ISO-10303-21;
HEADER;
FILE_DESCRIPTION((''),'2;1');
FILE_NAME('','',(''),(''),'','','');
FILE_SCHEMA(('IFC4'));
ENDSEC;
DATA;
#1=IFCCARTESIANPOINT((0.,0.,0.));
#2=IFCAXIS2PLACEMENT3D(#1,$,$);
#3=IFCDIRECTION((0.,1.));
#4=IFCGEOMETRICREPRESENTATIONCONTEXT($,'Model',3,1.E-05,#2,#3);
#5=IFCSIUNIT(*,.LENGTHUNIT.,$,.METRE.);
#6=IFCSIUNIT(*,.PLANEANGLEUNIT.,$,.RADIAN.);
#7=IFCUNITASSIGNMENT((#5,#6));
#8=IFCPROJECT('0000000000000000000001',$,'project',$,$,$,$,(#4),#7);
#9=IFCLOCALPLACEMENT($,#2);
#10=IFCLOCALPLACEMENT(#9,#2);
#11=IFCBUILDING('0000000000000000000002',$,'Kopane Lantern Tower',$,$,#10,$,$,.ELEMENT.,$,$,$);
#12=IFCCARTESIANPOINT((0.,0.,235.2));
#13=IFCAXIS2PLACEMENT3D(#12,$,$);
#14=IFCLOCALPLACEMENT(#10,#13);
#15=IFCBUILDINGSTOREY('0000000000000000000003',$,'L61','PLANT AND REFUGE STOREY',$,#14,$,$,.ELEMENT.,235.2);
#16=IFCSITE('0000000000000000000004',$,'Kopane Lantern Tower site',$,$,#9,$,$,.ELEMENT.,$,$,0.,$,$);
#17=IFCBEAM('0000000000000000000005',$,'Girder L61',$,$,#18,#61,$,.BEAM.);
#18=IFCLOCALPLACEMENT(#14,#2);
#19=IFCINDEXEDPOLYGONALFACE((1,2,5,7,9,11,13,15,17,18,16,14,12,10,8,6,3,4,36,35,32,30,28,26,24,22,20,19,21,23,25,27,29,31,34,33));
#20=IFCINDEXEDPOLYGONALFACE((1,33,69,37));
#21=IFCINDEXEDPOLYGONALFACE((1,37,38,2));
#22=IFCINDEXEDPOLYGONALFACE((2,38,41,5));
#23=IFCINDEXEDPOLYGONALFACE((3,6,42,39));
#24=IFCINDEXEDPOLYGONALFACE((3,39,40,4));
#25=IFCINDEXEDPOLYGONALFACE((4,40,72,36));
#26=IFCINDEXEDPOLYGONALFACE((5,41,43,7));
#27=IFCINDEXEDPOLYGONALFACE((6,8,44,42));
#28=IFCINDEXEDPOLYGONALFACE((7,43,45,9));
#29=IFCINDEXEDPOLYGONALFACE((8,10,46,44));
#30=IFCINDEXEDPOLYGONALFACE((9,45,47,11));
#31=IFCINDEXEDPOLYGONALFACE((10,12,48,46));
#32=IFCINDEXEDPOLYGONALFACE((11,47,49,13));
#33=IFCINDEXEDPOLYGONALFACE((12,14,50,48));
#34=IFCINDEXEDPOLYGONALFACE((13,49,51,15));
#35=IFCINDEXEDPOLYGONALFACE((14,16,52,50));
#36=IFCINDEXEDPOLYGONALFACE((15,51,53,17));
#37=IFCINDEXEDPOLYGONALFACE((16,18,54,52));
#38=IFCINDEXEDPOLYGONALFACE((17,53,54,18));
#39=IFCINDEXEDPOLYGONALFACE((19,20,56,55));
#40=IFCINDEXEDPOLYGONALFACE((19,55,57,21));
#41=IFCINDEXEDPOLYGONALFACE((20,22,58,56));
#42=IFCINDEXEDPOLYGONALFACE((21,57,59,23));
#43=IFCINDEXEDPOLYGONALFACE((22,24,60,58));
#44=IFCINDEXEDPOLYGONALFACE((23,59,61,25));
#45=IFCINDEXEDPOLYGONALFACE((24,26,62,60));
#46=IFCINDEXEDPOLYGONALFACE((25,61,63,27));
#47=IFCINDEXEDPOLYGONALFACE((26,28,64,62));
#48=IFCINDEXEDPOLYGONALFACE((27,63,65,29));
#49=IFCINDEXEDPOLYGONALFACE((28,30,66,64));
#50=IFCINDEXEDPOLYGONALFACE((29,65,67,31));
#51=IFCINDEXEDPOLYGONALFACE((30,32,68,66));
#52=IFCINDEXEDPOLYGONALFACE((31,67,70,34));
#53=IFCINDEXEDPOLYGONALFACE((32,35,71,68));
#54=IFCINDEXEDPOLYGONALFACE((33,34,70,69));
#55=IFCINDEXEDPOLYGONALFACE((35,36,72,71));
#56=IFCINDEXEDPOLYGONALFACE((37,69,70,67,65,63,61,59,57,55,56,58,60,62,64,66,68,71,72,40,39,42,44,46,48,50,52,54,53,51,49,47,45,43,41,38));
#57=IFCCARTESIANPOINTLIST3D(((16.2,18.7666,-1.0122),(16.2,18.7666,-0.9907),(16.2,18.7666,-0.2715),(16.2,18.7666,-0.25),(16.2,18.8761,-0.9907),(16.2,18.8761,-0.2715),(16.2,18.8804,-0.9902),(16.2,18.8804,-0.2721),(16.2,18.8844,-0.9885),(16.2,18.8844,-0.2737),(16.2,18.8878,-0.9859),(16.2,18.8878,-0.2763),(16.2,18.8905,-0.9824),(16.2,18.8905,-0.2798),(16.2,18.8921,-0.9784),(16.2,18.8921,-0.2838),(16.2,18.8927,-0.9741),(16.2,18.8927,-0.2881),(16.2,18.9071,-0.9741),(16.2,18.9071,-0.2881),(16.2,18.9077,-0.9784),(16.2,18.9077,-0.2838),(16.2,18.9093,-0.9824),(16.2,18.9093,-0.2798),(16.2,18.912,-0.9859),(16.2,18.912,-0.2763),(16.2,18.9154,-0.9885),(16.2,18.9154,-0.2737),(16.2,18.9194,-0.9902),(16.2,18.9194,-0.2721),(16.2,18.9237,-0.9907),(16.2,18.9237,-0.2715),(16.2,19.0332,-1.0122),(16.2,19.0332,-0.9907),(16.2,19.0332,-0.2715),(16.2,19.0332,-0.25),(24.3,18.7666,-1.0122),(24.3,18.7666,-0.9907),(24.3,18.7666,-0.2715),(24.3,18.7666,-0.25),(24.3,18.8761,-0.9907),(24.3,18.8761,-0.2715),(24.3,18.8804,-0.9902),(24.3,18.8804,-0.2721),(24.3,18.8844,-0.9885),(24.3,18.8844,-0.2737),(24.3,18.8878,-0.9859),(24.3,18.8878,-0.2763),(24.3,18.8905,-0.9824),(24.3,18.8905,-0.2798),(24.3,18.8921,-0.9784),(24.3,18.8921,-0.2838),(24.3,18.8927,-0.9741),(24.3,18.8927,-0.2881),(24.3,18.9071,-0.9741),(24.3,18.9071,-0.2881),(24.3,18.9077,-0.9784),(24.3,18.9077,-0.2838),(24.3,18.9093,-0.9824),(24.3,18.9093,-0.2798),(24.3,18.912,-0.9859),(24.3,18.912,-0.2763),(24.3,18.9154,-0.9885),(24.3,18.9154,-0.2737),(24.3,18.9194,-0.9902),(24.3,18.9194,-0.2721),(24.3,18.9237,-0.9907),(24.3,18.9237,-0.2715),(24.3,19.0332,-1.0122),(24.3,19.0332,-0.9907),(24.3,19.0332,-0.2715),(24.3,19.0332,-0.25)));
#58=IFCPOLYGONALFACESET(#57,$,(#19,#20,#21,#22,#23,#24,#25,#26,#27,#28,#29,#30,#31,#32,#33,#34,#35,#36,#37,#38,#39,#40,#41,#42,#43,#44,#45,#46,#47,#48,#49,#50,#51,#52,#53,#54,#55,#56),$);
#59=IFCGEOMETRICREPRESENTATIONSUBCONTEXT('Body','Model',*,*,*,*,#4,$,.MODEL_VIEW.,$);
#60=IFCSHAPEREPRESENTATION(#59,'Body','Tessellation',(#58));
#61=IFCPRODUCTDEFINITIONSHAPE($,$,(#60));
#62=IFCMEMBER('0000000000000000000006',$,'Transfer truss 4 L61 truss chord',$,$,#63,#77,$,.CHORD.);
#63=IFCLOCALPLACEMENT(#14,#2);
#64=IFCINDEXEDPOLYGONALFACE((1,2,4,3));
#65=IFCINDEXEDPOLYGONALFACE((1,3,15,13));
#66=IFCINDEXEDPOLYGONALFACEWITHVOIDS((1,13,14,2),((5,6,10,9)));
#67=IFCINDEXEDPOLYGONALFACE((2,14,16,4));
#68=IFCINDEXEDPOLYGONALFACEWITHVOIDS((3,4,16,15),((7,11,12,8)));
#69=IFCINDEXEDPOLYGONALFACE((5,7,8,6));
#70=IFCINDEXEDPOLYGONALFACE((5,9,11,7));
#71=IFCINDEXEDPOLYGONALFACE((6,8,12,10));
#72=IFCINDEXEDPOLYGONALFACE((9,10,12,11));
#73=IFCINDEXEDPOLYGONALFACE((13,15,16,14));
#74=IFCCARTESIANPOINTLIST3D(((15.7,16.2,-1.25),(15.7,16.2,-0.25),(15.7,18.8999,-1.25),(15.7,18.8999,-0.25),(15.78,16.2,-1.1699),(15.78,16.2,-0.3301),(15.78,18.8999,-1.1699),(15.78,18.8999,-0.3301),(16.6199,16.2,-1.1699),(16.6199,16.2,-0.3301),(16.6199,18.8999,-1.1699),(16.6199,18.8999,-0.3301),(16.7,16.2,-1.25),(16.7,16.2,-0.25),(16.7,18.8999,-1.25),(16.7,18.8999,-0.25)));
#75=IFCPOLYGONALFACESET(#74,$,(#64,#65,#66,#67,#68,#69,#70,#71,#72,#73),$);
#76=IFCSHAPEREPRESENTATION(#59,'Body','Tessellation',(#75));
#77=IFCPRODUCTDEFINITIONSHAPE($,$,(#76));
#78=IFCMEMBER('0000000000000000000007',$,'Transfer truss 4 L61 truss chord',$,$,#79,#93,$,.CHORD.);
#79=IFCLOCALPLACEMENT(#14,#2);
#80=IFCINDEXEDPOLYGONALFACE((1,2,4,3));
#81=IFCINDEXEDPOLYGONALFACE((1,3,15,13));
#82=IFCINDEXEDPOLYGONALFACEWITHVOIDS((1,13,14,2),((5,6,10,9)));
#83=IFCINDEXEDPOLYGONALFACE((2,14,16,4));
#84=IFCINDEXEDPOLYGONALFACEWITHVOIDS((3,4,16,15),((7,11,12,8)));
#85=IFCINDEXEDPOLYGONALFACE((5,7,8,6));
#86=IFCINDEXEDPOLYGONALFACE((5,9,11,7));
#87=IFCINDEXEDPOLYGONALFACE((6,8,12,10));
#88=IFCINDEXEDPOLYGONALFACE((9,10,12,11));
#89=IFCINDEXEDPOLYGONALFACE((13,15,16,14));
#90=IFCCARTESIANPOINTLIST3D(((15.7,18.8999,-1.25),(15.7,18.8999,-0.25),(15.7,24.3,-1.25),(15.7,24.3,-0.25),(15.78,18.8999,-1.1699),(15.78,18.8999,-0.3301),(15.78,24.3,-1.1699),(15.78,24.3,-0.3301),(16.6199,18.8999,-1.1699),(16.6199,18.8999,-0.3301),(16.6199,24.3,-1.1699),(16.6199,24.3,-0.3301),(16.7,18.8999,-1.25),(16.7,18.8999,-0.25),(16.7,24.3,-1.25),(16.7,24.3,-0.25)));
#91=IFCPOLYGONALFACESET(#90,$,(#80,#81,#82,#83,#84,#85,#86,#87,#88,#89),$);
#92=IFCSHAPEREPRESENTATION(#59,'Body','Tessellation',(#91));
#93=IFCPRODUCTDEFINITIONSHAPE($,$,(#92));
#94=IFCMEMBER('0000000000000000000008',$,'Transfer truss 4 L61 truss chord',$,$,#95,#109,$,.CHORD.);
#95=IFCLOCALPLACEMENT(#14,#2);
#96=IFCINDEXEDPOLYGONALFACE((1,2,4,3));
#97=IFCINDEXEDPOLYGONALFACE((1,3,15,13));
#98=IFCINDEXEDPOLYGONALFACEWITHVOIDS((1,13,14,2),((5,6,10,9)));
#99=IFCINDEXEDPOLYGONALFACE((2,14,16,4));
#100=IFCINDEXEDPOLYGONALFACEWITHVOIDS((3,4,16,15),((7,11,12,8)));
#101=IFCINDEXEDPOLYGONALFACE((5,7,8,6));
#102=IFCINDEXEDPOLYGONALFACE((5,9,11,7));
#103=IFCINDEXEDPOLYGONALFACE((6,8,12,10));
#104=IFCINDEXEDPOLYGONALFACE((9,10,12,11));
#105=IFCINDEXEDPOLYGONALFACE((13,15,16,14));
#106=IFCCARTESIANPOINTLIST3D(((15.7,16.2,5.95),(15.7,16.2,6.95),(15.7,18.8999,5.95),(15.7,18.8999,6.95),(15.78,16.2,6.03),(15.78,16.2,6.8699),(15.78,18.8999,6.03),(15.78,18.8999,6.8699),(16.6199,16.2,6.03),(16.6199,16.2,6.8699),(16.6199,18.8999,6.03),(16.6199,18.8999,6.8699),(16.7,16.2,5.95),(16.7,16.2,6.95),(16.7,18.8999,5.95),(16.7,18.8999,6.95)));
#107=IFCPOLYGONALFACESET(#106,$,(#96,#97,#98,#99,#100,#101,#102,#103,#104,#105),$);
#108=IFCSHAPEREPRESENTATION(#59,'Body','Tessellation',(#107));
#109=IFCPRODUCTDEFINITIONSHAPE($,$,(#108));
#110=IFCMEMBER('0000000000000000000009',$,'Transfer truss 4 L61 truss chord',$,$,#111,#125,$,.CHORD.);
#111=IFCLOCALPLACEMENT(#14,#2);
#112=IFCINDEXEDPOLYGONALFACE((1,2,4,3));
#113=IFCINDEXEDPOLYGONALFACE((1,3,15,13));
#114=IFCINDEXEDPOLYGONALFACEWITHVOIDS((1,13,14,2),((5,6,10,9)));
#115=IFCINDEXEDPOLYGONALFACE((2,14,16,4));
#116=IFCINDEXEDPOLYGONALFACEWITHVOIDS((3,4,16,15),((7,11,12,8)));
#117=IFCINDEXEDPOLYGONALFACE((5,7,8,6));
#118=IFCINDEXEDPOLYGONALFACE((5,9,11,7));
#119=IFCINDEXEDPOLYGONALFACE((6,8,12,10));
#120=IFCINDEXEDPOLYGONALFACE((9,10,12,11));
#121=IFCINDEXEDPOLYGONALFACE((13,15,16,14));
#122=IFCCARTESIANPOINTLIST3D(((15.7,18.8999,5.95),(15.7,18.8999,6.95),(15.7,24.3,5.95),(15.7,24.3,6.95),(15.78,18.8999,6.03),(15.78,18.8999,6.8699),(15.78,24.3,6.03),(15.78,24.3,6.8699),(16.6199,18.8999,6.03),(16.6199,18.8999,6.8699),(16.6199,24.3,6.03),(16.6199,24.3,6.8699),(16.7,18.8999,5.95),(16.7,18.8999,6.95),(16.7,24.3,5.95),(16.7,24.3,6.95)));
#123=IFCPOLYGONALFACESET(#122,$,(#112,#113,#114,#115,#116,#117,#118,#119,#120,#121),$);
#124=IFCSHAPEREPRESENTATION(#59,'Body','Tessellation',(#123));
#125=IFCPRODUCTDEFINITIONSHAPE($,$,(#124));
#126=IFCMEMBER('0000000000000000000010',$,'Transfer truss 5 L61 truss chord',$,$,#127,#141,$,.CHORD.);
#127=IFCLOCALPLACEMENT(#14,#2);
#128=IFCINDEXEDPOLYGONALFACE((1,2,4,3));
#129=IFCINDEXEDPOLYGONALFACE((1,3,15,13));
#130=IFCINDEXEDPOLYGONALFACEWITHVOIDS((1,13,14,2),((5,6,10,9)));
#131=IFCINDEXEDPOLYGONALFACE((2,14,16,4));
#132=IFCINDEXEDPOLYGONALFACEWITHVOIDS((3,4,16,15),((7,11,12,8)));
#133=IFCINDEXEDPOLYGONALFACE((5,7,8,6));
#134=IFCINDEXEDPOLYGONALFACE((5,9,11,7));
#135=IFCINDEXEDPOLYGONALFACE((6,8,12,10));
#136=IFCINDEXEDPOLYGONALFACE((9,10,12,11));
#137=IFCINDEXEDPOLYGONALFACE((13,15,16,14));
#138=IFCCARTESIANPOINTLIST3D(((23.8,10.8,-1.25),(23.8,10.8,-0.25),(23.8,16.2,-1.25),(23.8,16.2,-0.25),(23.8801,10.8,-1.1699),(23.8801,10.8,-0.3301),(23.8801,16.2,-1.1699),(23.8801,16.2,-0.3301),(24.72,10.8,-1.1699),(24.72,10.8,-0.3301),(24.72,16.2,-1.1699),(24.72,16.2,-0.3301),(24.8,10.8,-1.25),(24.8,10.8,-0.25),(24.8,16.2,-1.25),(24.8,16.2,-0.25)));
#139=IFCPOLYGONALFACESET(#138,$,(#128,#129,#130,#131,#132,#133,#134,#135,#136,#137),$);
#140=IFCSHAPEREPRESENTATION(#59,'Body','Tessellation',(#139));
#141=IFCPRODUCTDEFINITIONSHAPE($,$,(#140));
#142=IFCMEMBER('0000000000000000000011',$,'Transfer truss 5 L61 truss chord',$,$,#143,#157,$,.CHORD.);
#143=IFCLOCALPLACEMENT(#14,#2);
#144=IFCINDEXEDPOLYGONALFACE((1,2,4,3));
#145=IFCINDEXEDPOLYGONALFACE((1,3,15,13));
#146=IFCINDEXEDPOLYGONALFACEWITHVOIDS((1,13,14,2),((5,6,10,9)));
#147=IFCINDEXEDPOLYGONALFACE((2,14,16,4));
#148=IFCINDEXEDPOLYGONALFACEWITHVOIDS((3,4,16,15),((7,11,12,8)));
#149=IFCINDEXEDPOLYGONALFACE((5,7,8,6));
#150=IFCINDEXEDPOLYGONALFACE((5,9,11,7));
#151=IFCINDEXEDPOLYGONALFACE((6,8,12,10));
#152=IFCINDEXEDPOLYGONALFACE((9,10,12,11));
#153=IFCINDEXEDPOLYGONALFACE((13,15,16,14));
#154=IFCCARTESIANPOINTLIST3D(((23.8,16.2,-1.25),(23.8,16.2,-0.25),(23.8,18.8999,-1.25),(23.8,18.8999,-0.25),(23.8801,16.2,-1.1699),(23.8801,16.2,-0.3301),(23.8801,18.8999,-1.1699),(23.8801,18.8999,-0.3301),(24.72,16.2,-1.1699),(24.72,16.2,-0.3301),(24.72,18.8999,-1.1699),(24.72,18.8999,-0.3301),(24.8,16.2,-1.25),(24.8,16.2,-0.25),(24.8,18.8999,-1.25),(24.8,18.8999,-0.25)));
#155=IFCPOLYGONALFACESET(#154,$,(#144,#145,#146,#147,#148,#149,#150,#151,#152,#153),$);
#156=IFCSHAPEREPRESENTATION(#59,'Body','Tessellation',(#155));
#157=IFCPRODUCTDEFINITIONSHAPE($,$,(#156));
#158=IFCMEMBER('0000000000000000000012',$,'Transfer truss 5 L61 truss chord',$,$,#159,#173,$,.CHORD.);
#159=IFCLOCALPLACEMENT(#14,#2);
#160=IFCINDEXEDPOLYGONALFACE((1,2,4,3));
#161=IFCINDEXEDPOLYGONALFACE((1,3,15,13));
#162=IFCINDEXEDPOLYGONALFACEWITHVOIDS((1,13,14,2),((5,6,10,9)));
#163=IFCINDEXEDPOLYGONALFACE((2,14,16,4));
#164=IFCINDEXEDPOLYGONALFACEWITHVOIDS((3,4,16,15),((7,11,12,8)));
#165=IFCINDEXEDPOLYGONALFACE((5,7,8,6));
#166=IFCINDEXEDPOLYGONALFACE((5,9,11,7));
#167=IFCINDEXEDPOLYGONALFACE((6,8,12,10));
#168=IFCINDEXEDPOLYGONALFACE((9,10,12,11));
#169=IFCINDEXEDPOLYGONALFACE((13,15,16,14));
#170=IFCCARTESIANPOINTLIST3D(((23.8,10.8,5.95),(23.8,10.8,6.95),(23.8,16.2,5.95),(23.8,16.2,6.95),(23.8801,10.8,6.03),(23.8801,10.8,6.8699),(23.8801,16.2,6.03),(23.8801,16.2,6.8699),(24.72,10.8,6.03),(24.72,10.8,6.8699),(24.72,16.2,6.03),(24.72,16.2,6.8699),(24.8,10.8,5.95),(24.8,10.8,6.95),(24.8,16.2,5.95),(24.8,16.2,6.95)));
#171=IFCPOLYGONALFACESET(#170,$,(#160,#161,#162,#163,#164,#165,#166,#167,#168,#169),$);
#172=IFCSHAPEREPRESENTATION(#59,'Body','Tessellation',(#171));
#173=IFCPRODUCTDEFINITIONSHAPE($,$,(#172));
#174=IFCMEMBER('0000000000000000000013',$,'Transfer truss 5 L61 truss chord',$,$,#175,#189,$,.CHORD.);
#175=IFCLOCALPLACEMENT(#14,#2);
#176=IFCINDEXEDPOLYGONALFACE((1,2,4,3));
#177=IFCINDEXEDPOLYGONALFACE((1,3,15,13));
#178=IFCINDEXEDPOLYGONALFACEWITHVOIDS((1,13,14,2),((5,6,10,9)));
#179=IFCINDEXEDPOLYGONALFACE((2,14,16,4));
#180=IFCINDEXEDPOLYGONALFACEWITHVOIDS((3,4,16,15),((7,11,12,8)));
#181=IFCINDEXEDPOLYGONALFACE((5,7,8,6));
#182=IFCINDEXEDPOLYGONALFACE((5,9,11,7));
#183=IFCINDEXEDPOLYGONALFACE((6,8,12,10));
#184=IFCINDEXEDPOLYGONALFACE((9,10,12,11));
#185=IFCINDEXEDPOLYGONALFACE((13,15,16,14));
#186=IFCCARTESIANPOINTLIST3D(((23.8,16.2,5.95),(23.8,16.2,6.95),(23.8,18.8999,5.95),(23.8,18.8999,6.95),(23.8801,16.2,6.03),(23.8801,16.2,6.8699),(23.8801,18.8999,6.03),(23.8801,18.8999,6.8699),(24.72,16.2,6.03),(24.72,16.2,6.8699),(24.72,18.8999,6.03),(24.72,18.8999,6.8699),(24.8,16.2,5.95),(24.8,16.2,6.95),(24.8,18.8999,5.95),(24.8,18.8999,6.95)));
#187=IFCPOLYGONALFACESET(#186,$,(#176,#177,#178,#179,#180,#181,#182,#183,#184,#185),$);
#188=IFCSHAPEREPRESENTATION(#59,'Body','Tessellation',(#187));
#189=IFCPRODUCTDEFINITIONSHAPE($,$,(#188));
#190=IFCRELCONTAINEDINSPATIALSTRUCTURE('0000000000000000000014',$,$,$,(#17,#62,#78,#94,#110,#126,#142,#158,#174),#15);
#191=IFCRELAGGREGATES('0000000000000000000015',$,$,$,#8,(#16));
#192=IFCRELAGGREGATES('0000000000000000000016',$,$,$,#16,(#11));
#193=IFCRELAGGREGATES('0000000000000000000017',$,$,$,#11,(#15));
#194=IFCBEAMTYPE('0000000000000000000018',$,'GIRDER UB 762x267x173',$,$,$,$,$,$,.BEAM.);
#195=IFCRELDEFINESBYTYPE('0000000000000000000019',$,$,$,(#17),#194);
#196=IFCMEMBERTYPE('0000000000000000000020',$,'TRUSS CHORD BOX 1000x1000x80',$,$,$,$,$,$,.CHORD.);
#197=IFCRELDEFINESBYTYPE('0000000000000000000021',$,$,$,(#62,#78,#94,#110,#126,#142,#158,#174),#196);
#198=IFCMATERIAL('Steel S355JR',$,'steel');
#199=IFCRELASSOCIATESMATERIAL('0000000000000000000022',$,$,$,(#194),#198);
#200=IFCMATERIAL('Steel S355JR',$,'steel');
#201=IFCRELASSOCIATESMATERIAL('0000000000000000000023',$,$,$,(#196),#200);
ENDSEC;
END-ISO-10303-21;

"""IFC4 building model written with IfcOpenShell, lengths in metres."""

from ifc_helpers import new_model, si_unit, direction, frame, origin, origin_2d, place, context, subcontext, project, spatial, hollow_rectangle, i_section, extrude, material, material_profile, profile_set, type_object, element, save


model = new_model("IFC4")

# Units and contexts
model_context = context("Model", 3, precision=1e-05, world=origin(), true_north=direction((0.0, 1.0)))
body_context = subcontext(model_context, "Body", "Model", "MODEL_VIEW")
ifc_project = project(units=[si_unit("LENGTHUNIT", "METRE"), si_unit("PLANEANGLEUNIT", "RADIAN")], contexts=[model_context])

# Site, building, storey
site_placement = place(None, origin())
site = spatial("IfcSite", under=ifc_project, at=site_placement, Name="Kopane Lantern Tower site", CompositionType="ELEMENT", RefElevation=0.0)
building_placement = place(site_placement, origin())
building = spatial("IfcBuilding", under=site, at=building_placement, Name="Kopane Lantern Tower", CompositionType="ELEMENT")
storey_placement = place(building_placement, frame((0.0, 0.0, 235.2)))
storey = spatial("IfcBuildingStorey", under=building, at=storey_placement, Name="L61", Description="PLANT AND REFUGE STOREY", CompositionType="ELEMENT", Elevation=235.2)

# Beam
ifc_material_1 = material(Name="Steel S355JR", Category="steel")
ifc_material_profile_1 = material_profile(ifc_material_1, i_section(OverallWidth=0.2666, OverallDepth=0.7622, WebThickness=0.0144, FlangeThickness=0.0215, FilletRadius=0.0166, at=origin_2d()), Name="UB 762x267x173")
ifc_profile_set_1 = profile_set([ifc_material_profile_1], Name="Steel S355JR")
beam_type = type_object("IfcBeamType", Name="GIRDER UB 762x267x173", PredefinedType="BEAM", material=ifc_profile_set_1)
beam_placement = place(storey_placement, frame((16.2, 18.8999, -0.6311), z_axis=(1.0, 0.0, 0.0), x_axis=(0.0, 1.0, 0.0)))
element("IfcBeam", 1, at=beam_placement, inside=storey, type_object=beam_type, Name="Girder L61", PredefinedType="BEAM", context=body_context, shape_type="SweptSolid", body=[
    extrude(i_section(OverallWidth=0.2666, OverallDepth=0.7622, WebThickness=0.0144, FlangeThickness=0.0215, FilletRadius=0.0166, at=origin_2d()), origin(), (0.0, 0.0, 1.0), 8.1001),
])

# Members
ifc_material_2 = material(Name="Steel S355JR", Category="steel")
ifc_material_profile_2 = material_profile(ifc_material_2, hollow_rectangle(XDim=1.0, YDim=1.0, WallThickness=0.0801, at=origin_2d()), Name="BOX 1000x1000x80")
ifc_profile_set_2 = profile_set([ifc_material_profile_2], Name="Steel S355JR")
member_type_1 = type_object("IfcMemberType", Name="TRUSS CHORD BOX 1000x1000x80", PredefinedType="CHORD", material=ifc_profile_set_2)
member_1_placement = place(storey_placement, frame((16.2, 16.2, -0.75), z_axis=(0.0, 1.0, 0.0), x_axis=(-1.0, 0.0, 0.0)))
element("IfcMember", 2, at=member_1_placement, inside=storey, type_object=member_type_1, Name="Transfer truss 4 L61 truss chord", PredefinedType="CHORD", context=body_context, shape_type="SweptSolid", body=[
    extrude(hollow_rectangle(XDim=1.0, YDim=1.0, WallThickness=0.0801, at=origin_2d()), origin(), (0.0, 0.0, 1.0), 2.7),
])
member_2_placement = place(storey_placement, frame((16.2, 18.8999, -0.75), z_axis=(0.0, 1.0, 0.0), x_axis=(-1.0, 0.0, 0.0)))
element("IfcMember", 3, at=member_2_placement, inside=storey, type_object=member_type_1, Name="Transfer truss 4 L61 truss chord", PredefinedType="CHORD", context=body_context, shape_type="SweptSolid", body=[
    extrude(hollow_rectangle(XDim=1.0, YDim=1.0, WallThickness=0.0801, at=origin_2d()), origin(), (0.0, 0.0, 1.0), 5.4001),
])
member_3_placement = place(storey_placement, frame((16.2, 16.2, 6.45), z_axis=(0.0, 1.0, 0.0), x_axis=(-1.0, 0.0, 0.0)))
element("IfcMember", 4, at=member_3_placement, inside=storey, type_object=member_type_1, Name="Transfer truss 4 L61 truss chord", PredefinedType="CHORD", context=body_context, shape_type="SweptSolid", body=[
    extrude(hollow_rectangle(XDim=1.0, YDim=1.0, WallThickness=0.0801, at=origin_2d()), origin(), (0.0, 0.0, 1.0), 2.7),
])
member_4_placement = place(storey_placement, frame((16.2, 18.8999, 6.45), z_axis=(0.0, 1.0, 0.0), x_axis=(-1.0, 0.0, 0.0)))
element("IfcMember", 5, at=member_4_placement, inside=storey, type_object=member_type_1, Name="Transfer truss 4 L61 truss chord", PredefinedType="CHORD", context=body_context, shape_type="SweptSolid", body=[
    extrude(hollow_rectangle(XDim=1.0, YDim=1.0, WallThickness=0.0801, at=origin_2d()), origin(), (0.0, 0.0, 1.0), 5.4001),
])
member_5_placement = place(storey_placement, frame((24.3, 10.8, -0.75), z_axis=(0.0, 1.0, 0.0), x_axis=(-1.0, 0.0, 0.0)))
element("IfcMember", 6, at=member_5_placement, inside=storey, type_object=member_type_1, Name="Transfer truss 5 L61 truss chord", PredefinedType="CHORD", context=body_context, shape_type="SweptSolid", body=[
    extrude(hollow_rectangle(XDim=1.0, YDim=1.0, WallThickness=0.0801, at=origin_2d()), origin(), (0.0, 0.0, 1.0), 5.3999),
])
member_6_placement = place(storey_placement, frame((24.3, 16.2, -0.75), z_axis=(0.0, 1.0, 0.0), x_axis=(-1.0, 0.0, 0.0)))
element("IfcMember", 7, at=member_6_placement, inside=storey, type_object=member_type_1, Name="Transfer truss 5 L61 truss chord", PredefinedType="CHORD", context=body_context, shape_type="SweptSolid", body=[
    extrude(hollow_rectangle(XDim=1.0, YDim=1.0, WallThickness=0.0801, at=origin_2d()), origin(), (0.0, 0.0, 1.0), 2.7),
])
member_7_placement = place(storey_placement, frame((24.3, 10.8, 6.45), z_axis=(0.0, 1.0, 0.0), x_axis=(-1.0, 0.0, 0.0)))
element("IfcMember", 8, at=member_7_placement, inside=storey, type_object=member_type_1, Name="Transfer truss 5 L61 truss chord", PredefinedType="CHORD", context=body_context, shape_type="SweptSolid", body=[
    extrude(hollow_rectangle(XDim=1.0, YDim=1.0, WallThickness=0.0801, at=origin_2d()), origin(), (0.0, 0.0, 1.0), 5.3999),
])
member_8_placement = place(storey_placement, frame((24.3, 16.2, 6.45), z_axis=(0.0, 1.0, 0.0), x_axis=(-1.0, 0.0, 0.0)))
element("IfcMember", 9, at=member_8_placement, inside=storey, type_object=member_type_1, Name="Transfer truss 5 L61 truss chord", PredefinedType="CHORD", context=body_context, shape_type="SweptSolid", body=[
    extrude(hollow_rectangle(XDim=1.0, YDim=1.0, WallThickness=0.0801, at=origin_2d()), origin(), (0.0, 0.0, 1.0), 2.7),
])

save(model, "model.ifc")
